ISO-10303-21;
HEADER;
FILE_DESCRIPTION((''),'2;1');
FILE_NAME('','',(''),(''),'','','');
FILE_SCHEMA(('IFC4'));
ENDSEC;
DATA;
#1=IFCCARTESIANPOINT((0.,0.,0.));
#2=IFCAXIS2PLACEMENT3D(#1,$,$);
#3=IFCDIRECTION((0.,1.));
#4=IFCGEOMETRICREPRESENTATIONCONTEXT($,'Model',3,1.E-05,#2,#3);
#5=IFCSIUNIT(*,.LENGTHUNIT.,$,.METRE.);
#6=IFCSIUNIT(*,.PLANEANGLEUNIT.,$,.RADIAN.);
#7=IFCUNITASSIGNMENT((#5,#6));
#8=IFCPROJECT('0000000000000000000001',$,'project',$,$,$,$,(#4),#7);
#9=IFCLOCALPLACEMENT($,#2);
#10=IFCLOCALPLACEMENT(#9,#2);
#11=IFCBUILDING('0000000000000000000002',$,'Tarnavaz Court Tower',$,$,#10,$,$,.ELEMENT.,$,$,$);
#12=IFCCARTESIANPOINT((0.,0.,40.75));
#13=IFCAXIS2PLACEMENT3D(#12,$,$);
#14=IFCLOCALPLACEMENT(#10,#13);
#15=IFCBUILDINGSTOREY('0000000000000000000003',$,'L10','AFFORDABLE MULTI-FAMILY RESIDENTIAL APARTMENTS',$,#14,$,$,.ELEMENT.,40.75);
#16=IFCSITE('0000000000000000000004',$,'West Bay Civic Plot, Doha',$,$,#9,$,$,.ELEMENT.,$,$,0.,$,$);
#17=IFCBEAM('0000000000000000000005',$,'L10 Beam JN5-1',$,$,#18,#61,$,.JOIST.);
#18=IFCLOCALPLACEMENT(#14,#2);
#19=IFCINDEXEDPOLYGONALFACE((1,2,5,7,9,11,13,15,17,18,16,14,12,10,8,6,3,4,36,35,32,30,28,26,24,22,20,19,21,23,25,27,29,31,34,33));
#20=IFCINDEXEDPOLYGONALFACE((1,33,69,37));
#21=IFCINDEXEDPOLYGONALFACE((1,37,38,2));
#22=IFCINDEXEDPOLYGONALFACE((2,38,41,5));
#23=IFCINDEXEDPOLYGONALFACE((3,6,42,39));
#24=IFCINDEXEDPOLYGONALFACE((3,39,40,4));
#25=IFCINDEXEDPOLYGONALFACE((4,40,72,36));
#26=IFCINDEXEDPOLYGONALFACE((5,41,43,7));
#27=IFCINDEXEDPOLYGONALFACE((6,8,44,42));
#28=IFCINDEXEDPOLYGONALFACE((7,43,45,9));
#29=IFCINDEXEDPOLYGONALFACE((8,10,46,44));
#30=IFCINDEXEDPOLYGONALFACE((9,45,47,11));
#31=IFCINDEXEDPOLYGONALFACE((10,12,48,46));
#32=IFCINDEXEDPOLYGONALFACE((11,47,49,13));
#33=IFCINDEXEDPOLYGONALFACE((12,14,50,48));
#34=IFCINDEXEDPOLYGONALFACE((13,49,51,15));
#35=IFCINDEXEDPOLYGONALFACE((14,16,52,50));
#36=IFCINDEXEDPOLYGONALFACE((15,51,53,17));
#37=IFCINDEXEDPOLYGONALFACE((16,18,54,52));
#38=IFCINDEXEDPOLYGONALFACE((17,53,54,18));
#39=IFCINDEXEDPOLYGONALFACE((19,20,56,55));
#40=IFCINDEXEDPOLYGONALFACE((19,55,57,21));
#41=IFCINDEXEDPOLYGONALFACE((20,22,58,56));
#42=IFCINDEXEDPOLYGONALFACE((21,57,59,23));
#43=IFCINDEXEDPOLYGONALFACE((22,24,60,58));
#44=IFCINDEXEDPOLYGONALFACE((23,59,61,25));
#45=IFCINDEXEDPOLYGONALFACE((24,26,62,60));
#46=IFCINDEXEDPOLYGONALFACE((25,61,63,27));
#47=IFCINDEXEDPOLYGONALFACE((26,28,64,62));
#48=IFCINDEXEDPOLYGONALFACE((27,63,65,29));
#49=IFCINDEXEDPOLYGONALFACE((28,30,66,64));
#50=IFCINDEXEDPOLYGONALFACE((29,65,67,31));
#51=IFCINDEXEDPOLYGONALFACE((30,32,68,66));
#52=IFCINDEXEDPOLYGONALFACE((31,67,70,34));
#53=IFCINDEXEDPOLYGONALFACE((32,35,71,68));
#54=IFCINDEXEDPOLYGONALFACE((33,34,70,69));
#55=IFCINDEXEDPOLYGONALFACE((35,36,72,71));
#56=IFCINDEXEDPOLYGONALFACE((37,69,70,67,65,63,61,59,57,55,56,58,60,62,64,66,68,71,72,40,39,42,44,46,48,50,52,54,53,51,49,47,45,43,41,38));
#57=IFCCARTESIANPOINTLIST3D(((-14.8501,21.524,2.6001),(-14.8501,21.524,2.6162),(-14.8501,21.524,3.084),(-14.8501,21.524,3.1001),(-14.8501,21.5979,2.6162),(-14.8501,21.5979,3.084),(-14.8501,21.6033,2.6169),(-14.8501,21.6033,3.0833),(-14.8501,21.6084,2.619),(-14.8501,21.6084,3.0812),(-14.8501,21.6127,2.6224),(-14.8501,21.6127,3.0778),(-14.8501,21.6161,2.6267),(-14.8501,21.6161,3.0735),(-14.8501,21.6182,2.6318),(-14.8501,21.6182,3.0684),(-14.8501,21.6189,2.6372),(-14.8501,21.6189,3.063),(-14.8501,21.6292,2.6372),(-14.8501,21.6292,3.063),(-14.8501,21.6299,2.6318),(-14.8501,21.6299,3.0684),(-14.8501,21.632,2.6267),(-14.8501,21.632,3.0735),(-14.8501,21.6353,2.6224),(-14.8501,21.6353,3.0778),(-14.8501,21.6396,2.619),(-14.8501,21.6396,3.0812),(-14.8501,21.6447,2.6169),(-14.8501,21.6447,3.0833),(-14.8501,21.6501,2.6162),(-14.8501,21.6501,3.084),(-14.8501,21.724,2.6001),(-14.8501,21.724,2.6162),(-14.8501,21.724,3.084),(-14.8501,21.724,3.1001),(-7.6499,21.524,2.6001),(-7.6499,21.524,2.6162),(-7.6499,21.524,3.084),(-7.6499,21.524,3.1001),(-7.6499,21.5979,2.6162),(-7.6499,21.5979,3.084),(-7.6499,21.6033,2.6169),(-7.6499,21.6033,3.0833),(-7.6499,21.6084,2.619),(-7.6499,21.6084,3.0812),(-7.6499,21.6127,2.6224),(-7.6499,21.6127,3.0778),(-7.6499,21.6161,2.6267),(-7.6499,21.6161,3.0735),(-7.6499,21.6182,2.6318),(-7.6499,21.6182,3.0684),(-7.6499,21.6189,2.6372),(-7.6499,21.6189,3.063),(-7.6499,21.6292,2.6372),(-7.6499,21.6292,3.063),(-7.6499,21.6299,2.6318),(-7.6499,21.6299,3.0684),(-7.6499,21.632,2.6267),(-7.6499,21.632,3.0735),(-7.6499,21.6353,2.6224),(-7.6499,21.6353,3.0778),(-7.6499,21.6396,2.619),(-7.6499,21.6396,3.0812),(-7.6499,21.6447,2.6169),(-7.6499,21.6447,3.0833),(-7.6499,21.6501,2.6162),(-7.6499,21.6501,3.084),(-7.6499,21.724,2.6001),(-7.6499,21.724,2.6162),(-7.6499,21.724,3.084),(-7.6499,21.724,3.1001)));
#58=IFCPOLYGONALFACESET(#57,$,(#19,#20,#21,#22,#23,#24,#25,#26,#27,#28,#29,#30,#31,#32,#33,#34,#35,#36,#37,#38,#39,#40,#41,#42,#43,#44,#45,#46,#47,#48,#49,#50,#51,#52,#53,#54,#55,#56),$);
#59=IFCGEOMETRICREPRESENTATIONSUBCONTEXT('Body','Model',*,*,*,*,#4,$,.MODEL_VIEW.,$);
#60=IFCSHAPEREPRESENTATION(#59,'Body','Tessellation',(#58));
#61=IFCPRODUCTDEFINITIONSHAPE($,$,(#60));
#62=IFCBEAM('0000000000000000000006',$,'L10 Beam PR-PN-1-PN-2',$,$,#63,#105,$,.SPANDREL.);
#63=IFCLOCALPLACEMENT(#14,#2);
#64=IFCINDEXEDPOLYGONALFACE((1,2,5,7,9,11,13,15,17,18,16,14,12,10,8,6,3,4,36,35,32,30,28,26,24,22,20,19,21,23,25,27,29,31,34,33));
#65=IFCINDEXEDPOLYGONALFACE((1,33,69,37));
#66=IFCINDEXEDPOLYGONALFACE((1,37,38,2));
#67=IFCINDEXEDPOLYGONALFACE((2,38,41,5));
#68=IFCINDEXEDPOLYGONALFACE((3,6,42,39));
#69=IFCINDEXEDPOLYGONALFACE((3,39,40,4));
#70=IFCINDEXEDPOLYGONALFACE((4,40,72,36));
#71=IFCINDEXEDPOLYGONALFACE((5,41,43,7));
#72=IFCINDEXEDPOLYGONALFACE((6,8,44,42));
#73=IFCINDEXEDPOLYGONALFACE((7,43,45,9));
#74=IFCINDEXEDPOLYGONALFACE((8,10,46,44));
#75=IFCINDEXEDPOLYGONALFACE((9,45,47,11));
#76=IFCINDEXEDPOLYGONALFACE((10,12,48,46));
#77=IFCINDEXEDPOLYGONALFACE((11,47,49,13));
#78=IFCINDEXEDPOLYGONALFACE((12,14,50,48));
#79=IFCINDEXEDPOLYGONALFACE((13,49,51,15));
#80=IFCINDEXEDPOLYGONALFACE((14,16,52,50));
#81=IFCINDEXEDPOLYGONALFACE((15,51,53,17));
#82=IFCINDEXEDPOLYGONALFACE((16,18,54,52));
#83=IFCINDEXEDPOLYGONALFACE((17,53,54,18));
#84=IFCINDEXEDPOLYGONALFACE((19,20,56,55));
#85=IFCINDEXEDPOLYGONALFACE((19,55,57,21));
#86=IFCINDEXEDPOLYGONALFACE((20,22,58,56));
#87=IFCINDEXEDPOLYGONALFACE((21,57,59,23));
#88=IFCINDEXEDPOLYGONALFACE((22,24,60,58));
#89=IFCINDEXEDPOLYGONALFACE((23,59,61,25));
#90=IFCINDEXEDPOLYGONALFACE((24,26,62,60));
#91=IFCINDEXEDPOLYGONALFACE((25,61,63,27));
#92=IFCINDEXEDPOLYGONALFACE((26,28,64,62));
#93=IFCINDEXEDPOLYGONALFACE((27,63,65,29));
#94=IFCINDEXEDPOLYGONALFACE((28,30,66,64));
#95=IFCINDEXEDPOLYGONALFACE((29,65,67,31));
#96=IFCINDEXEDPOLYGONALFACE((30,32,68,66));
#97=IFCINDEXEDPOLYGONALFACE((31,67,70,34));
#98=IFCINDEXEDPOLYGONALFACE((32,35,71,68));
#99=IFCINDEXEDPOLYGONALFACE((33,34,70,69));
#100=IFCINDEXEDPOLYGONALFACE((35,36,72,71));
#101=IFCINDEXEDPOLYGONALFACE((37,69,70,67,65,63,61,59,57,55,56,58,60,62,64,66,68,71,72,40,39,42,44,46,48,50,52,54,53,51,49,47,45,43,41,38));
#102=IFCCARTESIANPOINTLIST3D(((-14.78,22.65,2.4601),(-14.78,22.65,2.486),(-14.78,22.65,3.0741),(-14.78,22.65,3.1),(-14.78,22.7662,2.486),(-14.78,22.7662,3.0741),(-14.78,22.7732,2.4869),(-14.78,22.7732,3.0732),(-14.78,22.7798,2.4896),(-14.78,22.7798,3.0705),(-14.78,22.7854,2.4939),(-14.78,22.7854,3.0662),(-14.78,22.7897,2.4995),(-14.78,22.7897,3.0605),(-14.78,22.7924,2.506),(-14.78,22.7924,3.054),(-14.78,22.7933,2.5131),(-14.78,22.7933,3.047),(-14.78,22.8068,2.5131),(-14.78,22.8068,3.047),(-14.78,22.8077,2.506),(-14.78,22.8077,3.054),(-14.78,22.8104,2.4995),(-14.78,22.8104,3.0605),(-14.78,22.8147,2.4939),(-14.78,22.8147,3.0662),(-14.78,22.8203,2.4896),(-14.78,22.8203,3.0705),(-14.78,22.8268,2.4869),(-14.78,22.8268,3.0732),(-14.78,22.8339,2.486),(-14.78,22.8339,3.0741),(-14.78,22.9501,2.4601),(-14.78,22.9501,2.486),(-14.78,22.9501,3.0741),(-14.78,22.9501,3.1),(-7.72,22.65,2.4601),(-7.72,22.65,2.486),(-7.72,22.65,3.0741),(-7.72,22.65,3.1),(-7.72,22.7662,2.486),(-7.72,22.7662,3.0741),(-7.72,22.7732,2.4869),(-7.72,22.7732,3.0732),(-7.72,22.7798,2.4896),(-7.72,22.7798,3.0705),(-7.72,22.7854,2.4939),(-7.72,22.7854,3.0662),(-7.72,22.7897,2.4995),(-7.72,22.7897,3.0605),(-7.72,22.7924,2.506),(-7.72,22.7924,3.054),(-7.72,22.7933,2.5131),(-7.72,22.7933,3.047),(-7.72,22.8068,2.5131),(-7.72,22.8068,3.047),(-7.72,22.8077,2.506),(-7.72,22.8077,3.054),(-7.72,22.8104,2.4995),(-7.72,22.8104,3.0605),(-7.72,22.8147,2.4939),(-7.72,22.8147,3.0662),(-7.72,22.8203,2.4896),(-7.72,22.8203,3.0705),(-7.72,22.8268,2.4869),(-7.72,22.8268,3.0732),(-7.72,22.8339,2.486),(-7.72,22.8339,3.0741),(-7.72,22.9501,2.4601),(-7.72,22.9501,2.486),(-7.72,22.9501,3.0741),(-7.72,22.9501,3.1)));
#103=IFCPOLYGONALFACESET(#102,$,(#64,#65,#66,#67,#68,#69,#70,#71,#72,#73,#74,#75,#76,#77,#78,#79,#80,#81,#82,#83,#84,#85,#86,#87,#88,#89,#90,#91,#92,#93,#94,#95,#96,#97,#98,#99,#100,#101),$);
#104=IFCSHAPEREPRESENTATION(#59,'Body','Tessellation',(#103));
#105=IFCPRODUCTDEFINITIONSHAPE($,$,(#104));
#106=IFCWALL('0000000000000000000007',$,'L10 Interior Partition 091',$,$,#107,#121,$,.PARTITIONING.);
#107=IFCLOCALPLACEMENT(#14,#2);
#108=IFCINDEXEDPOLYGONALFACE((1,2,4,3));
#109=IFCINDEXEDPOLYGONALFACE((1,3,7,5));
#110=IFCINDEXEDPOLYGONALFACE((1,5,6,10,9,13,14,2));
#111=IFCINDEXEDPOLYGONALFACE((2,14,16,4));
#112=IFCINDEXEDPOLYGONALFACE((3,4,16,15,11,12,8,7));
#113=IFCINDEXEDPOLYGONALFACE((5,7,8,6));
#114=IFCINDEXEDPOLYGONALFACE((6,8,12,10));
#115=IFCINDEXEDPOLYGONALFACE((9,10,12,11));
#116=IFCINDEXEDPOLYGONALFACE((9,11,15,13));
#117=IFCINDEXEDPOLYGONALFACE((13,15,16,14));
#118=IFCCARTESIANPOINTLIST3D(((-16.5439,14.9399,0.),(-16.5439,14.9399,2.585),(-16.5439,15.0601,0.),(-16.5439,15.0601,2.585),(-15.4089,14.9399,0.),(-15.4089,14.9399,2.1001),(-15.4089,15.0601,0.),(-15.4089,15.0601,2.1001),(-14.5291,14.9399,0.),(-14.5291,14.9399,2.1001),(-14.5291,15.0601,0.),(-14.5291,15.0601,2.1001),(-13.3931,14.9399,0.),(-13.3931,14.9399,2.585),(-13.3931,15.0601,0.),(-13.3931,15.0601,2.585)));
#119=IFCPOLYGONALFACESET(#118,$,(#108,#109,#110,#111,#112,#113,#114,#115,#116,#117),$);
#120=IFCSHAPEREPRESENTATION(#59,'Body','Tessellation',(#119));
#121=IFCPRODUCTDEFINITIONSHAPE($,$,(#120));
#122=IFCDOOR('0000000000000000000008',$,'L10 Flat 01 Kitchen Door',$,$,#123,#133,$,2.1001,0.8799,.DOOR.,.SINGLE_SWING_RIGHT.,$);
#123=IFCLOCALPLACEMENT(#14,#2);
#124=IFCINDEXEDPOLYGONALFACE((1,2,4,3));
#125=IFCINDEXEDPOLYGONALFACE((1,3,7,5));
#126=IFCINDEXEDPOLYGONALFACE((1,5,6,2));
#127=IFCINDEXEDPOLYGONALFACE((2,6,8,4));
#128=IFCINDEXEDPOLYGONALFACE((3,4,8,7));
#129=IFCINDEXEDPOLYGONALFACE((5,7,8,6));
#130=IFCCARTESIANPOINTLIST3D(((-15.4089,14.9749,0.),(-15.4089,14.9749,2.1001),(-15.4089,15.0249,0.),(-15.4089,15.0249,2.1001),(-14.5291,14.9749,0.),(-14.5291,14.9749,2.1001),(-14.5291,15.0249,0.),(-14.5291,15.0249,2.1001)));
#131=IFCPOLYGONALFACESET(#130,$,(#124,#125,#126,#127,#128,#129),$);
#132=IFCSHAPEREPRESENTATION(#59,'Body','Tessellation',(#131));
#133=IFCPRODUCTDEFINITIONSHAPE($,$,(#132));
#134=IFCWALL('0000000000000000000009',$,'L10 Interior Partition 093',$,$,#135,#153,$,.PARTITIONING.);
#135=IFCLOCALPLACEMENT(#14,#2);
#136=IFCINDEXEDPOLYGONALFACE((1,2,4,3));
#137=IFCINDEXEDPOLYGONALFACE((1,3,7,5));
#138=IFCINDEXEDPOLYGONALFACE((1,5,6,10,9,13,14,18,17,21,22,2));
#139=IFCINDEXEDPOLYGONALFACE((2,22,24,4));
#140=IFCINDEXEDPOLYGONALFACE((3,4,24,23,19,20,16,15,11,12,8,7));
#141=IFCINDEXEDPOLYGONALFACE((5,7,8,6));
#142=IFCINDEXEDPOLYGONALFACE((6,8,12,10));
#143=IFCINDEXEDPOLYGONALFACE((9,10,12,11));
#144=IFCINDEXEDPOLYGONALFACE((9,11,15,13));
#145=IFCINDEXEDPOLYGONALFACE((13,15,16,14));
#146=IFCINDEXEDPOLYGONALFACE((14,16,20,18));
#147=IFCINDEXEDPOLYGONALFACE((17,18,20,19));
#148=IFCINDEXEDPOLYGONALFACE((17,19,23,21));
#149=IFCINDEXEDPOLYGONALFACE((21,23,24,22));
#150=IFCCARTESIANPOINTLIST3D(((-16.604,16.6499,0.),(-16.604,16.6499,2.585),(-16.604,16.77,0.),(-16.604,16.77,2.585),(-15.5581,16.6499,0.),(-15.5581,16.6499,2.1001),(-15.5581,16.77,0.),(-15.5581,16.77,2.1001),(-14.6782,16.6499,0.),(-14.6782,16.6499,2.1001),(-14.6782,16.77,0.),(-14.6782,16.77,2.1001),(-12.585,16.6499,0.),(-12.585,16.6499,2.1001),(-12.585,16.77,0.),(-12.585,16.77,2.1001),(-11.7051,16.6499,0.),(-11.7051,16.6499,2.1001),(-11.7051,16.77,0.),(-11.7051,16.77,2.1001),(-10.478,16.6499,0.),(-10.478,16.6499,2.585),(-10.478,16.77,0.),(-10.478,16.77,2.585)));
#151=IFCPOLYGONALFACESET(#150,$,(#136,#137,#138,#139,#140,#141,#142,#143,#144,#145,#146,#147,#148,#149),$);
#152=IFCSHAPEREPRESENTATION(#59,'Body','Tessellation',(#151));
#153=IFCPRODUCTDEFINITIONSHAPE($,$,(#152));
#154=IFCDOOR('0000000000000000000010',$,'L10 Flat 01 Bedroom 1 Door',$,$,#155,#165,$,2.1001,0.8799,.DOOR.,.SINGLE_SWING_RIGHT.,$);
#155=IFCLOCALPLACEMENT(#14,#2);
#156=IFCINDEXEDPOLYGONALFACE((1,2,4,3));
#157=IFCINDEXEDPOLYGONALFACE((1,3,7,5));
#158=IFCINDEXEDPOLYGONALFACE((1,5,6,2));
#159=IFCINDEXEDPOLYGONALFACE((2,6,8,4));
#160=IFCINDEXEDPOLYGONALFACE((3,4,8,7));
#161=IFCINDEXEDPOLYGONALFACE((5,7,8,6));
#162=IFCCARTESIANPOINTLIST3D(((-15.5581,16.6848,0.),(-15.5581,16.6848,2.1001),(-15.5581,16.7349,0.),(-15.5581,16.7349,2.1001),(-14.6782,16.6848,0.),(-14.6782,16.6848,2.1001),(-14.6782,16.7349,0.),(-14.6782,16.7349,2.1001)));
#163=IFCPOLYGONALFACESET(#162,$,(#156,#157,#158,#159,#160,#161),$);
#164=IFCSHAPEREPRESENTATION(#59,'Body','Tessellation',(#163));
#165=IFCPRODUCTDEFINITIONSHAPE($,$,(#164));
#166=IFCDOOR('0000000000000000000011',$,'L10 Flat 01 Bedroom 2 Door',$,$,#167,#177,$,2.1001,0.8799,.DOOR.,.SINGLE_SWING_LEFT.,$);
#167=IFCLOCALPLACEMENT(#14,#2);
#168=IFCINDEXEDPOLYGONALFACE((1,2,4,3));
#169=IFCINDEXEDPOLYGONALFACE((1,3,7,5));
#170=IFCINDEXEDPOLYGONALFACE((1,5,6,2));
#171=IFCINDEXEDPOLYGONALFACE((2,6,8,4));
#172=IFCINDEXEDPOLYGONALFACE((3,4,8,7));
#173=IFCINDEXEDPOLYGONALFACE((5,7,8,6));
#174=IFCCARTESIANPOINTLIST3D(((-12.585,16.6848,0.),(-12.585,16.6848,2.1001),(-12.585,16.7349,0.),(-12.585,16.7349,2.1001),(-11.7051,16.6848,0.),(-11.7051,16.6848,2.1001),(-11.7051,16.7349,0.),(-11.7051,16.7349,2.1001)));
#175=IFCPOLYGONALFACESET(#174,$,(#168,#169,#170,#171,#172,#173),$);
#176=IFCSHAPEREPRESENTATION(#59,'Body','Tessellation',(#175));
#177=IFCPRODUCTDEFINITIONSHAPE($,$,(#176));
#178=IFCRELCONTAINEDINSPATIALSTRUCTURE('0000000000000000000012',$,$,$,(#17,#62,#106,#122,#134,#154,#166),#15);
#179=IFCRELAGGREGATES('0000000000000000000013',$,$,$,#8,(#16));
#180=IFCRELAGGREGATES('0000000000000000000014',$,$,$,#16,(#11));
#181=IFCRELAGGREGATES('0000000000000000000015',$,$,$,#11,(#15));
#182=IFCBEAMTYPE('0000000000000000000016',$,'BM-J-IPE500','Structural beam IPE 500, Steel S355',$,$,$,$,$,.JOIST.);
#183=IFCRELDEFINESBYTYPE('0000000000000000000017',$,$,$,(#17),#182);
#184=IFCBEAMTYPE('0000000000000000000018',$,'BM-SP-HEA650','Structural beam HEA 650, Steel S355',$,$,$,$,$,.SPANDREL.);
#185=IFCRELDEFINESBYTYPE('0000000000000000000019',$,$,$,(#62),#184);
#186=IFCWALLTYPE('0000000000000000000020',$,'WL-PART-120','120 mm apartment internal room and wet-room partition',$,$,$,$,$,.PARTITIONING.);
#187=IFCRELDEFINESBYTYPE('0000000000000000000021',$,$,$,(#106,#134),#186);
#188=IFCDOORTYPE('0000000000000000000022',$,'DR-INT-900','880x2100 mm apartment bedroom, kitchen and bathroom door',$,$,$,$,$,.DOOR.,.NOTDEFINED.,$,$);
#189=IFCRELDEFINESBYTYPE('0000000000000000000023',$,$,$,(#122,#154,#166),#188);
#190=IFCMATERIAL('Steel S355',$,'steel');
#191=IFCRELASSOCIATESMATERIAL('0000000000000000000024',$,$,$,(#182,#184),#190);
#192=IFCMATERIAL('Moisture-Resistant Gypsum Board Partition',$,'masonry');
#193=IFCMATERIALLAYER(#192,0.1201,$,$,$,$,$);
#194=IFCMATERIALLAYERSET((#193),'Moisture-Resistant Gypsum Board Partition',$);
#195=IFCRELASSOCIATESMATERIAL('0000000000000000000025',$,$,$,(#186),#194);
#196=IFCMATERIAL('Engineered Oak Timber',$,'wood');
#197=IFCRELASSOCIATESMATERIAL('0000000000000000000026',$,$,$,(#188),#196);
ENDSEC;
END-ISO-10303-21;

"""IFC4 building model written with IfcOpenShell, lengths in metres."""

from ifc_helpers import new_model, si_unit, direction, frame, frame_2d, origin, origin_2d, place, context, subcontext, project, spatial, rectangle, i_section, extrude, material, layer, layer_set, material_profile, profile_set, type_object, element, fill, save


model = new_model("IFC4")

# Units and contexts
model_context = context("Model", 3, precision=1e-05, world=origin(), true_north=direction((0.0, 1.0)))
body_context = subcontext(model_context, "Body", "Model", "MODEL_VIEW")
ifc_project = project(units=[si_unit("LENGTHUNIT", "METRE"), si_unit("PLANEANGLEUNIT", "RADIAN")], contexts=[model_context])

# Site, building, storey
site_placement = place(None, origin())
site = spatial("IfcSite", under=ifc_project, at=site_placement, Name="West Bay Civic Plot, Doha", CompositionType="ELEMENT", RefElevation=0.0)
building_placement = place(site_placement, origin())
building = spatial("IfcBuilding", under=site, at=building_placement, Name="Tarnavaz Court Tower", CompositionType="ELEMENT")
storey_placement = place(building_placement, frame((0.0, 0.0, 40.75)))
storey = spatial("IfcBuildingStorey", under=building, at=storey_placement, Name="L10", Description="AFFORDABLE MULTI-FAMILY RESIDENTIAL APARTMENTS", CompositionType="ELEMENT", Elevation=40.75)

# Beams
ifc_material_1 = material(Name="Steel S355", Category="steel")
ifc_material_profile_1 = material_profile(ifc_material_1, i_section(OverallWidth=0.2, OverallDepth=0.5, WebThickness=0.0103, FlangeThickness=0.0161, FilletRadius=0.021, at=origin_2d()), Name="IPE 500")
ifc_profile_set_1 = profile_set([ifc_material_profile_1], Name="Steel S355")
beam_type_1 = type_object("IfcBeamType", Name="BM-J-IPE500", Description="Structural beam IPE 500, Steel S355", PredefinedType="JOIST", material=ifc_profile_set_1)
for number, where, z_axis, x_axis, name in (
    (1, (-14.8501, 21.624, 2.8501), (1.0, 0.0, 0.0), (0.0, 1.0, 0.0), "L10 Beam JN5-1"),
):
    element("IfcBeam", number, at=place(storey_placement, frame(where, z_axis=z_axis, x_axis=x_axis)), inside=storey, type_object=beam_type_1, Name=name, PredefinedType="JOIST", context=body_context, shape_type="SweptSolid", body=[
        extrude(i_section(OverallWidth=0.2, OverallDepth=0.5, WebThickness=0.0103, FlangeThickness=0.0161, FilletRadius=0.021, at=origin_2d()), origin(), (0.0, 0.0, 1.0), 7.2002),
    ])
ifc_material_profile_2 = material_profile(ifc_material_1, i_section(OverallWidth=0.3, OverallDepth=0.6399, WebThickness=0.0134, FlangeThickness=0.0259, FilletRadius=0.0271, at=origin_2d()), Name="HEA 650")
ifc_profile_set_2 = profile_set([ifc_material_profile_2], Name="Steel S355")
beam_type_2 = type_object("IfcBeamType", Name="BM-SP-HEA650", Description="Structural beam HEA 650, Steel S355", PredefinedType="SPANDREL", material=ifc_profile_set_2)
beam_placement = place(storey_placement, frame((-14.78, 22.8, 2.78), z_axis=(1.0, 0.0, 0.0), x_axis=(0.0, 1.0, 0.0)))
element("IfcBeam", 2, at=beam_placement, inside=storey, type_object=beam_type_2, Name="L10 Beam PR-PN-1-PN-2", PredefinedType="SPANDREL", context=body_context, shape_type="SweptSolid", body=[
    extrude(i_section(OverallWidth=0.3, OverallDepth=0.6399, WebThickness=0.0134, FlangeThickness=0.0259, FilletRadius=0.0271, at=origin_2d()), origin(), (0.0, 0.0, 1.0), 7.0601),
])

# Wall, opening, door
ifc_material_2 = material(Name="Moisture-Resistant Gypsum Board Partition", Category="masonry")
ifc_layer_1 = layer(ifc_material_2, 0.1201)
ifc_layer_set_1 = layer_set([ifc_layer_1], Name="Moisture-Resistant Gypsum Board Partition")
wall_type_1 = type_object("IfcWallType", Name="WL-PART-120", Description="120 mm apartment internal room and wet-room partition", PredefinedType="PARTITIONING", material=ifc_layer_set_1)
wall_1_placement = place(storey_placement, frame((-16.5439, 15.0, 0.0), z_axis=(0.0, 0.0, 1.0), x_axis=(1.0, 0.0, 0.0)))
wall_1 = element("IfcWall", 3, at=wall_1_placement, inside=storey, type_object=wall_type_1, Name="L10 Interior Partition 091", PredefinedType="PARTITIONING", context=body_context, shape_type="SweptSolid", body=[
    extrude(rectangle(XDim=3.1509, YDim=0.1201, at=frame_2d((1.5754, 0.0))), origin(), (0.0, 0.0, 1.0), 2.585),
])
opening_1_placement = place(wall_1_placement, frame((1.135, 0.0, 0.0)))
opening_1 = element("IfcOpeningElement", 4, at=opening_1_placement, cuts=wall_1, PredefinedType="OPENING", context=body_context, shape_type="SweptSolid", body=[
    extrude(rectangle(XDim=0.8799, YDim=2.1001, at=frame_2d((0.4399, 1.05))), frame((0.0, 0.0701, 0.0), z_axis=(0.0, -1.0, 0.0), x_axis=(1.0, 0.0, 0.0)), (0.0, 0.0, 1.0), 0.1401),
])
ifc_material_3 = material(Name="Engineered Oak Timber", Category="wood")
door_type = type_object("IfcDoorType", Name="DR-INT-900", Description="880x2100 mm apartment bedroom, kitchen and bathroom door", OperationType="NOTDEFINED", PredefinedType="DOOR", material=ifc_material_3)
door_1_placement = place(opening_1_placement, origin())
door_1 = element("IfcDoor", 5, at=door_1_placement, inside=storey, type_object=door_type, Name="L10 Flat 01 Kitchen Door", OperationType="SINGLE_SWING_RIGHT", OverallHeight=2.1001, OverallWidth=0.8799, PredefinedType="DOOR", context=body_context, shape_type="SweptSolid", body=[
    extrude(rectangle(XDim=0.8799, YDim=2.1001, at=frame_2d((0.4399, 1.05))), frame((0.0, 0.0249, 0.0), z_axis=(0.0, -1.0, 0.0), x_axis=(1.0, 0.0, 0.0)), (0.0, 0.0, 1.0), 0.05),
])
fill(opening_1, door_1)

# Wall, openings, doors
wall_2_placement = place(storey_placement, frame((-16.604, 16.71, 0.0), z_axis=(0.0, 0.0, 1.0), x_axis=(1.0, 0.0, 0.0)))
wall_2 = element("IfcWall", 6, at=wall_2_placement, inside=storey, type_object=wall_type_1, Name="L10 Interior Partition 093", PredefinedType="PARTITIONING", context=body_context, shape_type="SweptSolid", body=[
    extrude(rectangle(XDim=6.126, YDim=0.1201, at=frame_2d((3.063, 0.0))), origin(), (0.0, 0.0, 1.0), 2.585),
])
opening_2_placement = place(wall_2_placement, frame((1.0459, 0.0, 0.0)))
opening_2 = element("IfcOpeningElement", 7, at=opening_2_placement, cuts=wall_2, PredefinedType="OPENING", context=body_context, shape_type="SweptSolid", body=[
    extrude(rectangle(XDim=0.8799, YDim=2.1001, at=frame_2d((0.4399, 1.05))), frame((0.0, 0.0701, 0.0), z_axis=(0.0, -1.0, 0.0), x_axis=(1.0, 0.0, 0.0)), (0.0, 0.0, 1.0), 0.1401),
])
opening_3_placement = place(wall_2_placement, frame((4.019, 0.0, 0.0)))
opening_3 = element("IfcOpeningElement", 8, at=opening_3_placement, cuts=wall_2, PredefinedType="OPENING", context=body_context, shape_type="SweptSolid", body=[
    extrude(rectangle(XDim=0.8799, YDim=2.1001, at=frame_2d((0.4399, 1.05))), frame((0.0, 0.0701, 0.0), z_axis=(0.0, -1.0, 0.0), x_axis=(1.0, 0.0, 0.0)), (0.0, 0.0, 1.0), 0.1401),
])
door_2_placement = place(opening_2_placement, origin())
door_2 = element("IfcDoor", 9, at=door_2_placement, inside=storey, type_object=door_type, Name="L10 Flat 01 Bedroom 1 Door", OperationType="SINGLE_SWING_RIGHT", OverallHeight=2.1001, OverallWidth=0.8799, PredefinedType="DOOR", context=body_context, shape_type="SweptSolid", body=[
    extrude(rectangle(XDim=0.8799, YDim=2.1001, at=frame_2d((0.4399, 1.05))), frame((0.0, 0.0249, 0.0), z_axis=(0.0, -1.0, 0.0), x_axis=(1.0, 0.0, 0.0)), (0.0, 0.0, 1.0), 0.05),
])
fill(opening_2, door_2)
door_3_placement = place(opening_3_placement, origin())
door_3 = element("IfcDoor", 10, at=door_3_placement, inside=storey, type_object=door_type, Name="L10 Flat 01 Bedroom 2 Door", OperationType="SINGLE_SWING_LEFT", OverallHeight=2.1001, OverallWidth=0.8799, PredefinedType="DOOR", context=body_context, shape_type="SweptSolid", body=[
    extrude(rectangle(XDim=0.8799, YDim=2.1001, at=frame_2d((0.4399, 1.05))), frame((0.0, 0.0249, 0.0), z_axis=(0.0, -1.0, 0.0), x_axis=(1.0, 0.0, 0.0)), (0.0, 0.0, 1.0), 0.05),
])
fill(opening_3, door_3)

save(model, "model.ifc")
